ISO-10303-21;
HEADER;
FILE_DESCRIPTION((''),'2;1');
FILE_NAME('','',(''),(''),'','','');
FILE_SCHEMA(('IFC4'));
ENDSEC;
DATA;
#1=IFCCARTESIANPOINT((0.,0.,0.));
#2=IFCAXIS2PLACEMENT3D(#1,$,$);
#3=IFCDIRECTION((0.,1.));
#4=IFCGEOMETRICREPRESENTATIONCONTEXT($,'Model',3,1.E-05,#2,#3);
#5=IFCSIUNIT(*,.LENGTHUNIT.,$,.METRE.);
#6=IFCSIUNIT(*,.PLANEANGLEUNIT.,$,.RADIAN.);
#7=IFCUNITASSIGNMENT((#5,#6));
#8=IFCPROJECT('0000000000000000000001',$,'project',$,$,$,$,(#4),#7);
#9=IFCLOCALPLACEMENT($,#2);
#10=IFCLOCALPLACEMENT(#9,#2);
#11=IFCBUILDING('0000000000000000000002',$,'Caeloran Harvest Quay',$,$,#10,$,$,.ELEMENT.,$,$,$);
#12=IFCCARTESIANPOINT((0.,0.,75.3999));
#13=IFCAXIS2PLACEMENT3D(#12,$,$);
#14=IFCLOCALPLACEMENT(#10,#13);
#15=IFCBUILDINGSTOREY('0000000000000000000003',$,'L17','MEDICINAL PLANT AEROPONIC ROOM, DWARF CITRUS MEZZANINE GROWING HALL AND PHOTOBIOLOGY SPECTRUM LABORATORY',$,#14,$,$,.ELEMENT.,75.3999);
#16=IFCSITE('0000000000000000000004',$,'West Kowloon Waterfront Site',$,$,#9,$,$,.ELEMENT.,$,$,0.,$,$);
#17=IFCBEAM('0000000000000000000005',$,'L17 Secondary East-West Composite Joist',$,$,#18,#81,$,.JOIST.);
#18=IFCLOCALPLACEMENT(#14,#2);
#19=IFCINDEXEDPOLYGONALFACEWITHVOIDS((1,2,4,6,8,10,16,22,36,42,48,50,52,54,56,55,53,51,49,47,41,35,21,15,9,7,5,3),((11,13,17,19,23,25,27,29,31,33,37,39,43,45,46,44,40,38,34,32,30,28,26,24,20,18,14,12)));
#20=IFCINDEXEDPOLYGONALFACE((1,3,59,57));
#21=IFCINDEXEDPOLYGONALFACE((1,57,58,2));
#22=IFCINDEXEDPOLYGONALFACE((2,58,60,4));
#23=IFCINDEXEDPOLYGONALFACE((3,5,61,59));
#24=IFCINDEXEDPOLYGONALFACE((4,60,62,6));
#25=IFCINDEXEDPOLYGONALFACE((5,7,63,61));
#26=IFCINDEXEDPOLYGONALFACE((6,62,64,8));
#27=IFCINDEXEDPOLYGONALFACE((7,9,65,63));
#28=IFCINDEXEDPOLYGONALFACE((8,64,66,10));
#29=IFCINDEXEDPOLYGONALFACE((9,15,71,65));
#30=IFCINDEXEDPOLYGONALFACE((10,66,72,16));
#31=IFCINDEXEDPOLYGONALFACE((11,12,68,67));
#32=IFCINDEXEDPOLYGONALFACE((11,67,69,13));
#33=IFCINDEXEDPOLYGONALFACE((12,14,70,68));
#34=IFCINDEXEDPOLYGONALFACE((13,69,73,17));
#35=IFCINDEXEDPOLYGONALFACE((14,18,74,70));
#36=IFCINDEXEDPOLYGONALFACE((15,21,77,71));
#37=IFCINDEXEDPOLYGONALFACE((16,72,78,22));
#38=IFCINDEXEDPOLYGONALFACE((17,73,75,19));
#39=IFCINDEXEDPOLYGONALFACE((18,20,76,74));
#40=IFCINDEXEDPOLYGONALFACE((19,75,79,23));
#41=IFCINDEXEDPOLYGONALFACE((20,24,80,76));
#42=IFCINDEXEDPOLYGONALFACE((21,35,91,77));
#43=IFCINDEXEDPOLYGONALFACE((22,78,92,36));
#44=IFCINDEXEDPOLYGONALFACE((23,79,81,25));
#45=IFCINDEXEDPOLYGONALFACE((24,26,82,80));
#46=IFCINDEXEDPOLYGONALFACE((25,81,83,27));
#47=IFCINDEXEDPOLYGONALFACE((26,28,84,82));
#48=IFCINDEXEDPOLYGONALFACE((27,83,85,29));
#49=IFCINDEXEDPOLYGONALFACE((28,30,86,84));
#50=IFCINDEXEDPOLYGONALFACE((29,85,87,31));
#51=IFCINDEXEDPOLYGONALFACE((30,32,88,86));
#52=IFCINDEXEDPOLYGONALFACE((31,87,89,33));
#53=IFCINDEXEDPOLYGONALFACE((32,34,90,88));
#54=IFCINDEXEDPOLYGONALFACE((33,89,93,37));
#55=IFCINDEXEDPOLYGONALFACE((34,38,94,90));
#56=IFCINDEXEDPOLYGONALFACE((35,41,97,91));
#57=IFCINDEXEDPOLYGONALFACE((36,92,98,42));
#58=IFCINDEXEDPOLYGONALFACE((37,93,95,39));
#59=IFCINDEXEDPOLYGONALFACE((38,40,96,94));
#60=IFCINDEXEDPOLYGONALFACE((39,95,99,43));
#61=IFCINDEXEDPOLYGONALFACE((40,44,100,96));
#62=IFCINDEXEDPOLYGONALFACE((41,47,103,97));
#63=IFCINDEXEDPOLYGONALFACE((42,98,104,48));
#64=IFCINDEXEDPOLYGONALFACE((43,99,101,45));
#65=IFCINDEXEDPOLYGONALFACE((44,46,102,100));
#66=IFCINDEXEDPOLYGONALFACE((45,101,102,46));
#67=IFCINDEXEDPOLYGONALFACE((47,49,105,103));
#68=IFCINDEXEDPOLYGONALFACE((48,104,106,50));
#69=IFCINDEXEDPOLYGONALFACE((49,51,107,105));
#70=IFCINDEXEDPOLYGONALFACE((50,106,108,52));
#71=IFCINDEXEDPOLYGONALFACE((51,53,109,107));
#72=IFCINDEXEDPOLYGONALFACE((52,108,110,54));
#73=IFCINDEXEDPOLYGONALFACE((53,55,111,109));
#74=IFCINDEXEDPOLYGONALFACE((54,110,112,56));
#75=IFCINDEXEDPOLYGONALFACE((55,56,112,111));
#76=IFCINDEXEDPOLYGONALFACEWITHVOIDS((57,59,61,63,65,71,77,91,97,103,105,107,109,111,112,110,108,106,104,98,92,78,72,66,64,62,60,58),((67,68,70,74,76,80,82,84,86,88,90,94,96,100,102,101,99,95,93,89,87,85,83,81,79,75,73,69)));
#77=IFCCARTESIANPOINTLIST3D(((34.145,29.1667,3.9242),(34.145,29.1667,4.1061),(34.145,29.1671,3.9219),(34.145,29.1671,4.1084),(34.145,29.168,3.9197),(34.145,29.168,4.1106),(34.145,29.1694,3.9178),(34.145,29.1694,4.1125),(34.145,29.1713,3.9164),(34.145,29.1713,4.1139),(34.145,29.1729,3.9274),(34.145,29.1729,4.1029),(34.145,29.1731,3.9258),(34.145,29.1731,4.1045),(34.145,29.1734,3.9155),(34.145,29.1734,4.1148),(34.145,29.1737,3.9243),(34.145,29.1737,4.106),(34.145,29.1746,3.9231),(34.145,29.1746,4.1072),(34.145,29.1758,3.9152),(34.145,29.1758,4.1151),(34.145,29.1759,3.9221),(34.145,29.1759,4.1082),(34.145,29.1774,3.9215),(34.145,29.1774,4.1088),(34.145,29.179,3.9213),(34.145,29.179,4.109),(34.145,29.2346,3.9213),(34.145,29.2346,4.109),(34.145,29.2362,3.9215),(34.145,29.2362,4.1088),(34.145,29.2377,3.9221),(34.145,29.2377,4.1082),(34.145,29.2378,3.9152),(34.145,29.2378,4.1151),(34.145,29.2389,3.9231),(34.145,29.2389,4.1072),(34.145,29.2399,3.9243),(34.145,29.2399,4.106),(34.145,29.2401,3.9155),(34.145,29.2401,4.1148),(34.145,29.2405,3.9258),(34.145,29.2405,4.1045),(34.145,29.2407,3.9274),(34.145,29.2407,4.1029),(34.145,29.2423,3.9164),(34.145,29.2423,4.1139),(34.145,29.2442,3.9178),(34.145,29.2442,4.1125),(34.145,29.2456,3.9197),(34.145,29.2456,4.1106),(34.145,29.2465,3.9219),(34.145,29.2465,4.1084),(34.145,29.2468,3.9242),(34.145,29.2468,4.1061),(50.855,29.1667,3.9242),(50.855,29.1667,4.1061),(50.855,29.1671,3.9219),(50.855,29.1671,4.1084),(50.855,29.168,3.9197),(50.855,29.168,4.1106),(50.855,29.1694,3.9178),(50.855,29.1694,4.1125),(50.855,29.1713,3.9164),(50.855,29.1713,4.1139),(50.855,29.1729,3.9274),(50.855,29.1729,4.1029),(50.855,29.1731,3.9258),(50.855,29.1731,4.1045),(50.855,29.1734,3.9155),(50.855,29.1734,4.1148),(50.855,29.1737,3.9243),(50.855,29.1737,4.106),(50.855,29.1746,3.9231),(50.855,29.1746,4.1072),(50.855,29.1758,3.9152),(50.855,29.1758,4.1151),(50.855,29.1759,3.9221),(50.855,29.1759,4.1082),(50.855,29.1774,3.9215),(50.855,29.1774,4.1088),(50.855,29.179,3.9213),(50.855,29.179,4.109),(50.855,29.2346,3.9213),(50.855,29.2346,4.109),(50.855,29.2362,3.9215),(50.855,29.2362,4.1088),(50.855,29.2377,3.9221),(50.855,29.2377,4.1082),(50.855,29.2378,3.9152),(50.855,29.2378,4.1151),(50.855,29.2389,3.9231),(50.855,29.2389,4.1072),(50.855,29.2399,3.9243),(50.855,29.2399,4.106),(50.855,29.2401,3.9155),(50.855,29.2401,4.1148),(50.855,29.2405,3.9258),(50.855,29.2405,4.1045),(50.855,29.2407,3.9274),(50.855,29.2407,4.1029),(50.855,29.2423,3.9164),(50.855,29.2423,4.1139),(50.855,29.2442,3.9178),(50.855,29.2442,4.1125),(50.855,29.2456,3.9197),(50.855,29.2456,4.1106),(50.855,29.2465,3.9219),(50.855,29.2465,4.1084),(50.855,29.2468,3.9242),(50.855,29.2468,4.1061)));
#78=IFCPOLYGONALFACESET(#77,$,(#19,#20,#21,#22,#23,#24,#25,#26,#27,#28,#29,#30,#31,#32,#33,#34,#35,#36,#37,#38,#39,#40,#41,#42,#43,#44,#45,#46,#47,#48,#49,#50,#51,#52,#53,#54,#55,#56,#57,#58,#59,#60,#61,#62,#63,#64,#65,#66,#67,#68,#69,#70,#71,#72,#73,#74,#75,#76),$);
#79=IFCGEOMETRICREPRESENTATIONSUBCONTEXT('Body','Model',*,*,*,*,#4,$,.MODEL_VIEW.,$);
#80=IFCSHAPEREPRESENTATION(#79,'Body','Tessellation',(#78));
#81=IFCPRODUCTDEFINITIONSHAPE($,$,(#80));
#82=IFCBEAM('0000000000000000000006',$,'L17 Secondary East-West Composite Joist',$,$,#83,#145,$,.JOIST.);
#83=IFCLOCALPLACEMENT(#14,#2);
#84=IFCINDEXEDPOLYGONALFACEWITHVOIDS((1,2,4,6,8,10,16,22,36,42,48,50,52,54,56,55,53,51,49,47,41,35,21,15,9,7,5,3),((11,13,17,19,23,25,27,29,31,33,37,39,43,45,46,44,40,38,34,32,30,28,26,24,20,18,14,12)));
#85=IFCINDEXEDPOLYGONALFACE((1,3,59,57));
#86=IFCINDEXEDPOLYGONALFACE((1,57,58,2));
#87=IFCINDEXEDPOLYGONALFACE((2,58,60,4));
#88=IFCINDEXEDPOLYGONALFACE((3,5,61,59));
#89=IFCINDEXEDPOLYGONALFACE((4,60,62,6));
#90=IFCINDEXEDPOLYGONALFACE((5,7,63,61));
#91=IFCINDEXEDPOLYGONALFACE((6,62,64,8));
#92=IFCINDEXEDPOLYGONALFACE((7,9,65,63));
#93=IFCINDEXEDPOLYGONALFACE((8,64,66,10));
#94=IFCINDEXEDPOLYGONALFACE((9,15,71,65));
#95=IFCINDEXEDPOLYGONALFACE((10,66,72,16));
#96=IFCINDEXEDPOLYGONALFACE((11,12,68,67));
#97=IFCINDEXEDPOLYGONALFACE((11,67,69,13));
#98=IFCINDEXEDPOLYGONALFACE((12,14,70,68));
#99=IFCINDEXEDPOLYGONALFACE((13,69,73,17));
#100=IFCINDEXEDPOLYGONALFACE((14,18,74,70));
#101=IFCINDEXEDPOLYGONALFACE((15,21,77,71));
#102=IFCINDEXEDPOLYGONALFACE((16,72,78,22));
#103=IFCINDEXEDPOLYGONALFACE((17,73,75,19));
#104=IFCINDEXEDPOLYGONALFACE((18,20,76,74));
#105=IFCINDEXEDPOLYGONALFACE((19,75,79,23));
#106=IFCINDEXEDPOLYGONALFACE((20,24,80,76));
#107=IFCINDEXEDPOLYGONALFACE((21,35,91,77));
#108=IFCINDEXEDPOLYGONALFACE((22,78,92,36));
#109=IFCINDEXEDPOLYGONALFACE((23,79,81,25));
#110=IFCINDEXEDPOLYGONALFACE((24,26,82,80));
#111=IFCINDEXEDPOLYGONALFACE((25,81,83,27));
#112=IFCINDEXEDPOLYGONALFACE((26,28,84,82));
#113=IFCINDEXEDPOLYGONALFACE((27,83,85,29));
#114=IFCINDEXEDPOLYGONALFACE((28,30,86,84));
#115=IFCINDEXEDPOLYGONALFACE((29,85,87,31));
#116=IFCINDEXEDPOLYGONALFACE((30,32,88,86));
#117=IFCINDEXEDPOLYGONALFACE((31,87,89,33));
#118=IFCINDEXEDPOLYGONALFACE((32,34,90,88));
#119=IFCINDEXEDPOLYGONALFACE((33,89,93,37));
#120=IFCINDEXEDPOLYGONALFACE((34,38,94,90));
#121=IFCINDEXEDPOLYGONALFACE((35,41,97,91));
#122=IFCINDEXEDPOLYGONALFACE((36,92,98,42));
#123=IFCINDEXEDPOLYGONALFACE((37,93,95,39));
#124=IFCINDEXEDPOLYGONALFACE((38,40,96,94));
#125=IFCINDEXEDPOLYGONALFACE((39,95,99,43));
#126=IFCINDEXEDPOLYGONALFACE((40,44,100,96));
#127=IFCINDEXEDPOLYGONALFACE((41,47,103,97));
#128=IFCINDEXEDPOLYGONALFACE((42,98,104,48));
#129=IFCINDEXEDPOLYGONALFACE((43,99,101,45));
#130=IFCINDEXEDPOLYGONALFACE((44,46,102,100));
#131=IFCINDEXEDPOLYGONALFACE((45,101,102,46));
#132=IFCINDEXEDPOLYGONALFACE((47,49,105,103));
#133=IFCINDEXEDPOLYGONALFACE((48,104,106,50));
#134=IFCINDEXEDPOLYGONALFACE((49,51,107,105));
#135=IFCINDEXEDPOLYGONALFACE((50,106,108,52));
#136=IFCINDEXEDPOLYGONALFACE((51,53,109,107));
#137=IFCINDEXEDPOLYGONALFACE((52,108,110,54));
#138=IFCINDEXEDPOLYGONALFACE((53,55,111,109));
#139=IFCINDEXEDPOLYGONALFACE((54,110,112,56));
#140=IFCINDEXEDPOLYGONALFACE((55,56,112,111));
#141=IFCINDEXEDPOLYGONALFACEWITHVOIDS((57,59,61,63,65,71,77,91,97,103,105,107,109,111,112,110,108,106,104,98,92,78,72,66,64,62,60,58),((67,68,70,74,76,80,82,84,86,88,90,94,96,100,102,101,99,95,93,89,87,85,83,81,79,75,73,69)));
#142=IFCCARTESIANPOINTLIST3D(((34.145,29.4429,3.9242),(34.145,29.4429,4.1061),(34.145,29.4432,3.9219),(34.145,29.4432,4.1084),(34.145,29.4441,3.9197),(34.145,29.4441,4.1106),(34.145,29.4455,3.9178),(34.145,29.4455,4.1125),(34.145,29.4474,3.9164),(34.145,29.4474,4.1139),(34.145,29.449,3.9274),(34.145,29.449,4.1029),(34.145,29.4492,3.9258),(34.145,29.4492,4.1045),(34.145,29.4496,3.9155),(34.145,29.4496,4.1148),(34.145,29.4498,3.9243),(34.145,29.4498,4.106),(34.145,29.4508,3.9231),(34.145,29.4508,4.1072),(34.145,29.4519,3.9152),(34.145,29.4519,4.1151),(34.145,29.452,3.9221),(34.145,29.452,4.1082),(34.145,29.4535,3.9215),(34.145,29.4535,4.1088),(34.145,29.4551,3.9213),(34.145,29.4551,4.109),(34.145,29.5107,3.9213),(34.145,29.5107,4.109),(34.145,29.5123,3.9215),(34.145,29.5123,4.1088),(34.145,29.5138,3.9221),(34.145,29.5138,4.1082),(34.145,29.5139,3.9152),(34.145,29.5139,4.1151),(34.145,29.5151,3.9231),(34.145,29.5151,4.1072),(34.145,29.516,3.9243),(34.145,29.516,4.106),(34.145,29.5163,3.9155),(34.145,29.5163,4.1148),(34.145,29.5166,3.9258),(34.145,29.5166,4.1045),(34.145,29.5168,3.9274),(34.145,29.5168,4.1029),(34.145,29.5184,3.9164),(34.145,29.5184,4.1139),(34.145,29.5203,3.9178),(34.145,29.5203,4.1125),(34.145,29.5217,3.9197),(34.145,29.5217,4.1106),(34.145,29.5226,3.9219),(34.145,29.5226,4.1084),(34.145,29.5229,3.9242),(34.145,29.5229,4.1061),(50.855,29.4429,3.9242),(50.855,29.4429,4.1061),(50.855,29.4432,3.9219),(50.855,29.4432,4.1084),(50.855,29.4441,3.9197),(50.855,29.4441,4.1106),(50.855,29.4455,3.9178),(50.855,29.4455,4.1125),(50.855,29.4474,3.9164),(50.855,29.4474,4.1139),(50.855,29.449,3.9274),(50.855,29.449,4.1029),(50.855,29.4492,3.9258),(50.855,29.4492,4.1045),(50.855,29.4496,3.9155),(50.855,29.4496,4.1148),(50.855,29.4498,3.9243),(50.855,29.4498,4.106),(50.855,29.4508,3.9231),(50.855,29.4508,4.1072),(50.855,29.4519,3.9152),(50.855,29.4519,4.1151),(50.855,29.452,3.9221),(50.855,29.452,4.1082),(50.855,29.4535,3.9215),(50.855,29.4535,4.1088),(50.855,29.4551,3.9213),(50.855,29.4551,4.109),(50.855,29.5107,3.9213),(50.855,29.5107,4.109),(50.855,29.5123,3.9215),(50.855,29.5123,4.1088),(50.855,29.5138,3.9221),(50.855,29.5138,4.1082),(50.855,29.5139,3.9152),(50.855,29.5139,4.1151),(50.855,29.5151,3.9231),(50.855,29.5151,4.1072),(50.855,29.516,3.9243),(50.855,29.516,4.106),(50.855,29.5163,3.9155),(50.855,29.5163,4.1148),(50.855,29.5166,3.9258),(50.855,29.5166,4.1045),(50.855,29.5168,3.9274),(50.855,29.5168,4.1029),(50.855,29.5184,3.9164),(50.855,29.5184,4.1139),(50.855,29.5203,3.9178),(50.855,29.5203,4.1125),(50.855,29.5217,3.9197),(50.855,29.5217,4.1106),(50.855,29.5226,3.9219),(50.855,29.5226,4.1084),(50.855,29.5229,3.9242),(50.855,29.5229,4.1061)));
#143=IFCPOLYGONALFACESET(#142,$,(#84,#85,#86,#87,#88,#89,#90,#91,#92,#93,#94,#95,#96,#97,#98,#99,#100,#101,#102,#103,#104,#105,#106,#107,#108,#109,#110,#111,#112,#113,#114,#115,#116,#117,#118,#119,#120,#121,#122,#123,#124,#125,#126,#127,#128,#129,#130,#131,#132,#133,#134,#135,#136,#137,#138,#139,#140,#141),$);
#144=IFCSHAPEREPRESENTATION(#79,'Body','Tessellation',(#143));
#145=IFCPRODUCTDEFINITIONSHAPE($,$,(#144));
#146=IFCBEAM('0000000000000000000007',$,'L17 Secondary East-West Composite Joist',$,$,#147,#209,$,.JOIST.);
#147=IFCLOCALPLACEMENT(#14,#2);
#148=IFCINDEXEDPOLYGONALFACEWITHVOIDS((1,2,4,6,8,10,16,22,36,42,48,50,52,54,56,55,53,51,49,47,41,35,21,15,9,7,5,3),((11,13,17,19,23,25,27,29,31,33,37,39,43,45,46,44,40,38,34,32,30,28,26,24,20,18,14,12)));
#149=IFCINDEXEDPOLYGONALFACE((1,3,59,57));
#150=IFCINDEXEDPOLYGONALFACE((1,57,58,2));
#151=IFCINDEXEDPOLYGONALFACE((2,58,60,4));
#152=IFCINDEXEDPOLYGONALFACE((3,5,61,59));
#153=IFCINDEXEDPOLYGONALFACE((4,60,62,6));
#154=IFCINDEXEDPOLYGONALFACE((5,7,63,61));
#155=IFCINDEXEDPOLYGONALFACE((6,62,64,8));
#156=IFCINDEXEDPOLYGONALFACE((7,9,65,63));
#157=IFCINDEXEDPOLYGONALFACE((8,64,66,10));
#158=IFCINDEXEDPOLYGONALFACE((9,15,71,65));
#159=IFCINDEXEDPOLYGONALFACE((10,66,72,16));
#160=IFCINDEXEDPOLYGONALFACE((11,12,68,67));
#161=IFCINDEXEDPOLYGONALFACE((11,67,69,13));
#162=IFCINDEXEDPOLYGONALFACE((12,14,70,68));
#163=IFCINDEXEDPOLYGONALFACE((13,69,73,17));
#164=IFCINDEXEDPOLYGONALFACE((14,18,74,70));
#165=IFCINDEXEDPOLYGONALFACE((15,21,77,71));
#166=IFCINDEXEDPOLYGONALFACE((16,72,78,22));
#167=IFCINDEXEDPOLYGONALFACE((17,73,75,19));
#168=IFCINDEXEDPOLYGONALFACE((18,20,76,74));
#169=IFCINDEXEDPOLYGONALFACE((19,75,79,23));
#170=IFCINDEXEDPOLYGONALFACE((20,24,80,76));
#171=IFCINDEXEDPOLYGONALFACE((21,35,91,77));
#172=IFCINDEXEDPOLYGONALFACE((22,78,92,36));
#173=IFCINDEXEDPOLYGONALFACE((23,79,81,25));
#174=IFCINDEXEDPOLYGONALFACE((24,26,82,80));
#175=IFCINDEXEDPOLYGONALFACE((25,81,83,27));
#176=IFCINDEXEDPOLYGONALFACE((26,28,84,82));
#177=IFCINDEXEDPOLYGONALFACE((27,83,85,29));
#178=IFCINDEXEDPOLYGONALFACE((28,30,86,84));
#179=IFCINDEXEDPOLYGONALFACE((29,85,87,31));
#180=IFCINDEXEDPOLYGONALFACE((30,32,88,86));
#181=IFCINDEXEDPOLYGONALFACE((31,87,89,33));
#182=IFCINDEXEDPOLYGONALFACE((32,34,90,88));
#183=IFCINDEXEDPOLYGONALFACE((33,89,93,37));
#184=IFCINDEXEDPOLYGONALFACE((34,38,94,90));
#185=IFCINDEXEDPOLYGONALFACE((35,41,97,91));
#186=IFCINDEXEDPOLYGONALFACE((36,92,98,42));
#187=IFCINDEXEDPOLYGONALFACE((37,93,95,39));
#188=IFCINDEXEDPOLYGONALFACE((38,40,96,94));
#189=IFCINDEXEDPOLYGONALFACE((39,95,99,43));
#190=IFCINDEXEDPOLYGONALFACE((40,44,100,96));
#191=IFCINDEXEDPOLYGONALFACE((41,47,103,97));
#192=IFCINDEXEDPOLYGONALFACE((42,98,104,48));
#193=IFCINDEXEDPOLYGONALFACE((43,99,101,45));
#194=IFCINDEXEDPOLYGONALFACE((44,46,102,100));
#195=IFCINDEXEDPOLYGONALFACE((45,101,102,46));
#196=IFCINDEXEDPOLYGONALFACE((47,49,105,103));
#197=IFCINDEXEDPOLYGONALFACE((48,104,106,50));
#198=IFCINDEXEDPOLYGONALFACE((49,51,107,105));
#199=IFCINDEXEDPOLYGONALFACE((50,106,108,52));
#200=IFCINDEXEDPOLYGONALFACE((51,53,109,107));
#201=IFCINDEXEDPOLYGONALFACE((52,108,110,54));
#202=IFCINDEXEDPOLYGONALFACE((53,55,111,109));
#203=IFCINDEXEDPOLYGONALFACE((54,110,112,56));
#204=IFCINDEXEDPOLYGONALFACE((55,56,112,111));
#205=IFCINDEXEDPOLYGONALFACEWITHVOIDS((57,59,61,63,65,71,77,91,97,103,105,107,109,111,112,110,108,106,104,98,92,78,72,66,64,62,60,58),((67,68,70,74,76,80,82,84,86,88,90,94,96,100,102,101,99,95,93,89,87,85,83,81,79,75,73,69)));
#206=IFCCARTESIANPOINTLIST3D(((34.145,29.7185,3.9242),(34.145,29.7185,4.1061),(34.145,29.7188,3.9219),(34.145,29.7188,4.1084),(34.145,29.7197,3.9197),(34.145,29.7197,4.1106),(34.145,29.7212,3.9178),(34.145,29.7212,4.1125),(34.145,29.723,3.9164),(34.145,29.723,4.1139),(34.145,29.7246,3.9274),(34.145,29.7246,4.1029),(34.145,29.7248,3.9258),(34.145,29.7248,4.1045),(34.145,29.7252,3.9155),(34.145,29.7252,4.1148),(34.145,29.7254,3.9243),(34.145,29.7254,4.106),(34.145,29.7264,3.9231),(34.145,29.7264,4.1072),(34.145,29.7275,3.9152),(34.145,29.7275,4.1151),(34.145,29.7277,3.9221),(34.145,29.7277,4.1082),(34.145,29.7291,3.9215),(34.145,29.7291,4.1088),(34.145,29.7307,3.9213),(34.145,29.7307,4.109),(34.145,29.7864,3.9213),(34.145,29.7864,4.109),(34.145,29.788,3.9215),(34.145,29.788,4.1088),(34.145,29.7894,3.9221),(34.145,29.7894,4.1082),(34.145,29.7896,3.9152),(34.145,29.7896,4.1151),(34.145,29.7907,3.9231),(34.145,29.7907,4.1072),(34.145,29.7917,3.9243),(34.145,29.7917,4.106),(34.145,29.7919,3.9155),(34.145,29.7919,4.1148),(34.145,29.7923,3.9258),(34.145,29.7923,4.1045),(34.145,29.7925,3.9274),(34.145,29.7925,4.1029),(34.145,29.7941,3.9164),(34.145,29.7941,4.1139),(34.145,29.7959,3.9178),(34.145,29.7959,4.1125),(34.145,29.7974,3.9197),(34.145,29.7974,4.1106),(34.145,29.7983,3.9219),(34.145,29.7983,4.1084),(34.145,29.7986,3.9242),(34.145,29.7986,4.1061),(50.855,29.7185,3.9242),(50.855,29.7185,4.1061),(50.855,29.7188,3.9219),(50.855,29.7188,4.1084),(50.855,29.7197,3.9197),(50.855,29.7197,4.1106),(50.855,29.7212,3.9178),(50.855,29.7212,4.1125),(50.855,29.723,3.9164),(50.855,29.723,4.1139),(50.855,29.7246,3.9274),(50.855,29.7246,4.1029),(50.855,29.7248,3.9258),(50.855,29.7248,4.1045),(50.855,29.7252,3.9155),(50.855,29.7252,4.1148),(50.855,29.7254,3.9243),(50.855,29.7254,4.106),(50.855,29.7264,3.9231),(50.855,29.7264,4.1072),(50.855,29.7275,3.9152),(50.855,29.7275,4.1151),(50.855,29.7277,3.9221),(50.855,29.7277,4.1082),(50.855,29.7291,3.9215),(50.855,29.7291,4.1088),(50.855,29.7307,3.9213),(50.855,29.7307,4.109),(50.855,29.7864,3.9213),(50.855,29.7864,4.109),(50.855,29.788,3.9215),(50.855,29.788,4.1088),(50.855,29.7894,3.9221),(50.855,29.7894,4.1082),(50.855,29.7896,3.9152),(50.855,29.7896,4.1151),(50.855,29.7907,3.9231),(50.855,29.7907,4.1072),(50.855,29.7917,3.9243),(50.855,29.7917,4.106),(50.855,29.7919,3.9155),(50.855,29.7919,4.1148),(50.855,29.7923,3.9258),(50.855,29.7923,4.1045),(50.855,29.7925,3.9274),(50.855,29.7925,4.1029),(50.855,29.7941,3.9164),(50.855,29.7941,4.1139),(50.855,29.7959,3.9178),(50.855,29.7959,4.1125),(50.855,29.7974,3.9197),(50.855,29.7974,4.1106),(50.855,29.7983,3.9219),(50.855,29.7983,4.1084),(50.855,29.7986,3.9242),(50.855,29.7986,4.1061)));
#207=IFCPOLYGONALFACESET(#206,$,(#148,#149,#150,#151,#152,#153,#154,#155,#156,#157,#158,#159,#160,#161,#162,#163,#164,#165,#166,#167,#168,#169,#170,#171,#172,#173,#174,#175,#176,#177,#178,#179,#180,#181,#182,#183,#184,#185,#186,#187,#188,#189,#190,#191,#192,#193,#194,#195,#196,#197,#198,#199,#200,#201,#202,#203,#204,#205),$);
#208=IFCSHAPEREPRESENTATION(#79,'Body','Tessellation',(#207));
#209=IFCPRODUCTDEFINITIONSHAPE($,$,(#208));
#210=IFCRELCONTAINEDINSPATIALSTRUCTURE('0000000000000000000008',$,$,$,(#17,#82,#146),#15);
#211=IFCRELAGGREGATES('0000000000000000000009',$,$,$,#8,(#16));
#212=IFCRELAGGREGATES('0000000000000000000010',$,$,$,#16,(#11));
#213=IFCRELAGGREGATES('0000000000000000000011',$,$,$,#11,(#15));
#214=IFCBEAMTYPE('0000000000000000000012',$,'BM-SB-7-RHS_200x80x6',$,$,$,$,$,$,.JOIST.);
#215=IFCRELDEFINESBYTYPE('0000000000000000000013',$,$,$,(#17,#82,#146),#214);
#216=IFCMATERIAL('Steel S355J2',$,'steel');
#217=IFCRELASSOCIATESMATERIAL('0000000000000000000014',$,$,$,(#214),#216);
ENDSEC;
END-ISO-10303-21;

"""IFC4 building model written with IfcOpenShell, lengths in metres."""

from ifc_helpers import new_model, si_unit, direction, frame, origin, origin_2d, place, context, subcontext, project, spatial, hollow_rectangle, extrude, material, material_profile, profile_set, type_object, element, save


model = new_model("IFC4")

# Units and contexts
model_context = context("Model", 3, precision=1e-05, world=origin(), true_north=direction((0.0, 1.0)))
body_context = subcontext(model_context, "Body", "Model", "MODEL_VIEW")
ifc_project = project(units=[si_unit("LENGTHUNIT", "METRE"), si_unit("PLANEANGLEUNIT", "RADIAN")], contexts=[model_context])

# Site, building, storey
site_placement = place(None, origin())
site = spatial("IfcSite", under=ifc_project, at=site_placement, Name="West Kowloon Waterfront Site", CompositionType="ELEMENT", RefElevation=0.0)
building_placement = place(site_placement, origin())
building = spatial("IfcBuilding", under=site, at=building_placement, Name="Caeloran Harvest Quay", CompositionType="ELEMENT")
storey_placement = place(building_placement, frame((0.0, 0.0, 75.3999)))
storey = spatial("IfcBuildingStorey", under=building, at=storey_placement, Name="L17", Description="MEDICINAL PLANT AEROPONIC ROOM, DWARF CITRUS MEZZANINE GROWING HALL AND PHOTOBIOLOGY SPECTRUM LABORATORY", CompositionType="ELEMENT", Elevation=75.3999)

# Beams
ifc_material_1 = material(Name="Steel S355J2", Category="steel")
ifc_material_profile_1 = material_profile(ifc_material_1, hollow_rectangle(XDim=0.0801, YDim=0.2, WallThickness=0.0061, InnerFilletRadius=0.0061, OuterFilletRadius=0.009, at=origin_2d()), Name="RHS 200x80x6")
ifc_profile_set_1 = profile_set([ifc_material_profile_1], Name="Steel S355J2")
beam_type_1 = type_object("IfcBeamType", Name="BM-SB-7-RHS_200x80x6", PredefinedType="JOIST", material=ifc_profile_set_1)
for number, where, z_axis, x_axis, name in (
    (1, (34.145, 29.2068, 4.0151), (1.0, 0.0, 0.0), (0.0, 1.0, 0.0), "L17 Secondary East-West Composite Joist"),
    (2, (34.145, 29.4829, 4.0151), (1.0, 0.0, 0.0), (0.0, 1.0, 0.0), "L17 Secondary East-West Composite Joist"),
    (3, (34.145, 29.7585, 4.0151), (1.0, 0.0, 0.0), (0.0, 1.0, 0.0), "L17 Secondary East-West Composite Joist"),
):
    element("IfcBeam", number, at=place(storey_placement, frame(where, z_axis=z_axis, x_axis=x_axis)), inside=storey, type_object=beam_type_1, Name=name, PredefinedType="JOIST", context=body_context, shape_type="SweptSolid", body=[
        extrude(hollow_rectangle(XDim=0.0801, YDim=0.2, WallThickness=0.0061, InnerFilletRadius=0.0061, OuterFilletRadius=0.009, at=origin_2d()), origin(), (0.0, 0.0, 1.0), 16.71),
    ])

save(model, "model.ifc")
